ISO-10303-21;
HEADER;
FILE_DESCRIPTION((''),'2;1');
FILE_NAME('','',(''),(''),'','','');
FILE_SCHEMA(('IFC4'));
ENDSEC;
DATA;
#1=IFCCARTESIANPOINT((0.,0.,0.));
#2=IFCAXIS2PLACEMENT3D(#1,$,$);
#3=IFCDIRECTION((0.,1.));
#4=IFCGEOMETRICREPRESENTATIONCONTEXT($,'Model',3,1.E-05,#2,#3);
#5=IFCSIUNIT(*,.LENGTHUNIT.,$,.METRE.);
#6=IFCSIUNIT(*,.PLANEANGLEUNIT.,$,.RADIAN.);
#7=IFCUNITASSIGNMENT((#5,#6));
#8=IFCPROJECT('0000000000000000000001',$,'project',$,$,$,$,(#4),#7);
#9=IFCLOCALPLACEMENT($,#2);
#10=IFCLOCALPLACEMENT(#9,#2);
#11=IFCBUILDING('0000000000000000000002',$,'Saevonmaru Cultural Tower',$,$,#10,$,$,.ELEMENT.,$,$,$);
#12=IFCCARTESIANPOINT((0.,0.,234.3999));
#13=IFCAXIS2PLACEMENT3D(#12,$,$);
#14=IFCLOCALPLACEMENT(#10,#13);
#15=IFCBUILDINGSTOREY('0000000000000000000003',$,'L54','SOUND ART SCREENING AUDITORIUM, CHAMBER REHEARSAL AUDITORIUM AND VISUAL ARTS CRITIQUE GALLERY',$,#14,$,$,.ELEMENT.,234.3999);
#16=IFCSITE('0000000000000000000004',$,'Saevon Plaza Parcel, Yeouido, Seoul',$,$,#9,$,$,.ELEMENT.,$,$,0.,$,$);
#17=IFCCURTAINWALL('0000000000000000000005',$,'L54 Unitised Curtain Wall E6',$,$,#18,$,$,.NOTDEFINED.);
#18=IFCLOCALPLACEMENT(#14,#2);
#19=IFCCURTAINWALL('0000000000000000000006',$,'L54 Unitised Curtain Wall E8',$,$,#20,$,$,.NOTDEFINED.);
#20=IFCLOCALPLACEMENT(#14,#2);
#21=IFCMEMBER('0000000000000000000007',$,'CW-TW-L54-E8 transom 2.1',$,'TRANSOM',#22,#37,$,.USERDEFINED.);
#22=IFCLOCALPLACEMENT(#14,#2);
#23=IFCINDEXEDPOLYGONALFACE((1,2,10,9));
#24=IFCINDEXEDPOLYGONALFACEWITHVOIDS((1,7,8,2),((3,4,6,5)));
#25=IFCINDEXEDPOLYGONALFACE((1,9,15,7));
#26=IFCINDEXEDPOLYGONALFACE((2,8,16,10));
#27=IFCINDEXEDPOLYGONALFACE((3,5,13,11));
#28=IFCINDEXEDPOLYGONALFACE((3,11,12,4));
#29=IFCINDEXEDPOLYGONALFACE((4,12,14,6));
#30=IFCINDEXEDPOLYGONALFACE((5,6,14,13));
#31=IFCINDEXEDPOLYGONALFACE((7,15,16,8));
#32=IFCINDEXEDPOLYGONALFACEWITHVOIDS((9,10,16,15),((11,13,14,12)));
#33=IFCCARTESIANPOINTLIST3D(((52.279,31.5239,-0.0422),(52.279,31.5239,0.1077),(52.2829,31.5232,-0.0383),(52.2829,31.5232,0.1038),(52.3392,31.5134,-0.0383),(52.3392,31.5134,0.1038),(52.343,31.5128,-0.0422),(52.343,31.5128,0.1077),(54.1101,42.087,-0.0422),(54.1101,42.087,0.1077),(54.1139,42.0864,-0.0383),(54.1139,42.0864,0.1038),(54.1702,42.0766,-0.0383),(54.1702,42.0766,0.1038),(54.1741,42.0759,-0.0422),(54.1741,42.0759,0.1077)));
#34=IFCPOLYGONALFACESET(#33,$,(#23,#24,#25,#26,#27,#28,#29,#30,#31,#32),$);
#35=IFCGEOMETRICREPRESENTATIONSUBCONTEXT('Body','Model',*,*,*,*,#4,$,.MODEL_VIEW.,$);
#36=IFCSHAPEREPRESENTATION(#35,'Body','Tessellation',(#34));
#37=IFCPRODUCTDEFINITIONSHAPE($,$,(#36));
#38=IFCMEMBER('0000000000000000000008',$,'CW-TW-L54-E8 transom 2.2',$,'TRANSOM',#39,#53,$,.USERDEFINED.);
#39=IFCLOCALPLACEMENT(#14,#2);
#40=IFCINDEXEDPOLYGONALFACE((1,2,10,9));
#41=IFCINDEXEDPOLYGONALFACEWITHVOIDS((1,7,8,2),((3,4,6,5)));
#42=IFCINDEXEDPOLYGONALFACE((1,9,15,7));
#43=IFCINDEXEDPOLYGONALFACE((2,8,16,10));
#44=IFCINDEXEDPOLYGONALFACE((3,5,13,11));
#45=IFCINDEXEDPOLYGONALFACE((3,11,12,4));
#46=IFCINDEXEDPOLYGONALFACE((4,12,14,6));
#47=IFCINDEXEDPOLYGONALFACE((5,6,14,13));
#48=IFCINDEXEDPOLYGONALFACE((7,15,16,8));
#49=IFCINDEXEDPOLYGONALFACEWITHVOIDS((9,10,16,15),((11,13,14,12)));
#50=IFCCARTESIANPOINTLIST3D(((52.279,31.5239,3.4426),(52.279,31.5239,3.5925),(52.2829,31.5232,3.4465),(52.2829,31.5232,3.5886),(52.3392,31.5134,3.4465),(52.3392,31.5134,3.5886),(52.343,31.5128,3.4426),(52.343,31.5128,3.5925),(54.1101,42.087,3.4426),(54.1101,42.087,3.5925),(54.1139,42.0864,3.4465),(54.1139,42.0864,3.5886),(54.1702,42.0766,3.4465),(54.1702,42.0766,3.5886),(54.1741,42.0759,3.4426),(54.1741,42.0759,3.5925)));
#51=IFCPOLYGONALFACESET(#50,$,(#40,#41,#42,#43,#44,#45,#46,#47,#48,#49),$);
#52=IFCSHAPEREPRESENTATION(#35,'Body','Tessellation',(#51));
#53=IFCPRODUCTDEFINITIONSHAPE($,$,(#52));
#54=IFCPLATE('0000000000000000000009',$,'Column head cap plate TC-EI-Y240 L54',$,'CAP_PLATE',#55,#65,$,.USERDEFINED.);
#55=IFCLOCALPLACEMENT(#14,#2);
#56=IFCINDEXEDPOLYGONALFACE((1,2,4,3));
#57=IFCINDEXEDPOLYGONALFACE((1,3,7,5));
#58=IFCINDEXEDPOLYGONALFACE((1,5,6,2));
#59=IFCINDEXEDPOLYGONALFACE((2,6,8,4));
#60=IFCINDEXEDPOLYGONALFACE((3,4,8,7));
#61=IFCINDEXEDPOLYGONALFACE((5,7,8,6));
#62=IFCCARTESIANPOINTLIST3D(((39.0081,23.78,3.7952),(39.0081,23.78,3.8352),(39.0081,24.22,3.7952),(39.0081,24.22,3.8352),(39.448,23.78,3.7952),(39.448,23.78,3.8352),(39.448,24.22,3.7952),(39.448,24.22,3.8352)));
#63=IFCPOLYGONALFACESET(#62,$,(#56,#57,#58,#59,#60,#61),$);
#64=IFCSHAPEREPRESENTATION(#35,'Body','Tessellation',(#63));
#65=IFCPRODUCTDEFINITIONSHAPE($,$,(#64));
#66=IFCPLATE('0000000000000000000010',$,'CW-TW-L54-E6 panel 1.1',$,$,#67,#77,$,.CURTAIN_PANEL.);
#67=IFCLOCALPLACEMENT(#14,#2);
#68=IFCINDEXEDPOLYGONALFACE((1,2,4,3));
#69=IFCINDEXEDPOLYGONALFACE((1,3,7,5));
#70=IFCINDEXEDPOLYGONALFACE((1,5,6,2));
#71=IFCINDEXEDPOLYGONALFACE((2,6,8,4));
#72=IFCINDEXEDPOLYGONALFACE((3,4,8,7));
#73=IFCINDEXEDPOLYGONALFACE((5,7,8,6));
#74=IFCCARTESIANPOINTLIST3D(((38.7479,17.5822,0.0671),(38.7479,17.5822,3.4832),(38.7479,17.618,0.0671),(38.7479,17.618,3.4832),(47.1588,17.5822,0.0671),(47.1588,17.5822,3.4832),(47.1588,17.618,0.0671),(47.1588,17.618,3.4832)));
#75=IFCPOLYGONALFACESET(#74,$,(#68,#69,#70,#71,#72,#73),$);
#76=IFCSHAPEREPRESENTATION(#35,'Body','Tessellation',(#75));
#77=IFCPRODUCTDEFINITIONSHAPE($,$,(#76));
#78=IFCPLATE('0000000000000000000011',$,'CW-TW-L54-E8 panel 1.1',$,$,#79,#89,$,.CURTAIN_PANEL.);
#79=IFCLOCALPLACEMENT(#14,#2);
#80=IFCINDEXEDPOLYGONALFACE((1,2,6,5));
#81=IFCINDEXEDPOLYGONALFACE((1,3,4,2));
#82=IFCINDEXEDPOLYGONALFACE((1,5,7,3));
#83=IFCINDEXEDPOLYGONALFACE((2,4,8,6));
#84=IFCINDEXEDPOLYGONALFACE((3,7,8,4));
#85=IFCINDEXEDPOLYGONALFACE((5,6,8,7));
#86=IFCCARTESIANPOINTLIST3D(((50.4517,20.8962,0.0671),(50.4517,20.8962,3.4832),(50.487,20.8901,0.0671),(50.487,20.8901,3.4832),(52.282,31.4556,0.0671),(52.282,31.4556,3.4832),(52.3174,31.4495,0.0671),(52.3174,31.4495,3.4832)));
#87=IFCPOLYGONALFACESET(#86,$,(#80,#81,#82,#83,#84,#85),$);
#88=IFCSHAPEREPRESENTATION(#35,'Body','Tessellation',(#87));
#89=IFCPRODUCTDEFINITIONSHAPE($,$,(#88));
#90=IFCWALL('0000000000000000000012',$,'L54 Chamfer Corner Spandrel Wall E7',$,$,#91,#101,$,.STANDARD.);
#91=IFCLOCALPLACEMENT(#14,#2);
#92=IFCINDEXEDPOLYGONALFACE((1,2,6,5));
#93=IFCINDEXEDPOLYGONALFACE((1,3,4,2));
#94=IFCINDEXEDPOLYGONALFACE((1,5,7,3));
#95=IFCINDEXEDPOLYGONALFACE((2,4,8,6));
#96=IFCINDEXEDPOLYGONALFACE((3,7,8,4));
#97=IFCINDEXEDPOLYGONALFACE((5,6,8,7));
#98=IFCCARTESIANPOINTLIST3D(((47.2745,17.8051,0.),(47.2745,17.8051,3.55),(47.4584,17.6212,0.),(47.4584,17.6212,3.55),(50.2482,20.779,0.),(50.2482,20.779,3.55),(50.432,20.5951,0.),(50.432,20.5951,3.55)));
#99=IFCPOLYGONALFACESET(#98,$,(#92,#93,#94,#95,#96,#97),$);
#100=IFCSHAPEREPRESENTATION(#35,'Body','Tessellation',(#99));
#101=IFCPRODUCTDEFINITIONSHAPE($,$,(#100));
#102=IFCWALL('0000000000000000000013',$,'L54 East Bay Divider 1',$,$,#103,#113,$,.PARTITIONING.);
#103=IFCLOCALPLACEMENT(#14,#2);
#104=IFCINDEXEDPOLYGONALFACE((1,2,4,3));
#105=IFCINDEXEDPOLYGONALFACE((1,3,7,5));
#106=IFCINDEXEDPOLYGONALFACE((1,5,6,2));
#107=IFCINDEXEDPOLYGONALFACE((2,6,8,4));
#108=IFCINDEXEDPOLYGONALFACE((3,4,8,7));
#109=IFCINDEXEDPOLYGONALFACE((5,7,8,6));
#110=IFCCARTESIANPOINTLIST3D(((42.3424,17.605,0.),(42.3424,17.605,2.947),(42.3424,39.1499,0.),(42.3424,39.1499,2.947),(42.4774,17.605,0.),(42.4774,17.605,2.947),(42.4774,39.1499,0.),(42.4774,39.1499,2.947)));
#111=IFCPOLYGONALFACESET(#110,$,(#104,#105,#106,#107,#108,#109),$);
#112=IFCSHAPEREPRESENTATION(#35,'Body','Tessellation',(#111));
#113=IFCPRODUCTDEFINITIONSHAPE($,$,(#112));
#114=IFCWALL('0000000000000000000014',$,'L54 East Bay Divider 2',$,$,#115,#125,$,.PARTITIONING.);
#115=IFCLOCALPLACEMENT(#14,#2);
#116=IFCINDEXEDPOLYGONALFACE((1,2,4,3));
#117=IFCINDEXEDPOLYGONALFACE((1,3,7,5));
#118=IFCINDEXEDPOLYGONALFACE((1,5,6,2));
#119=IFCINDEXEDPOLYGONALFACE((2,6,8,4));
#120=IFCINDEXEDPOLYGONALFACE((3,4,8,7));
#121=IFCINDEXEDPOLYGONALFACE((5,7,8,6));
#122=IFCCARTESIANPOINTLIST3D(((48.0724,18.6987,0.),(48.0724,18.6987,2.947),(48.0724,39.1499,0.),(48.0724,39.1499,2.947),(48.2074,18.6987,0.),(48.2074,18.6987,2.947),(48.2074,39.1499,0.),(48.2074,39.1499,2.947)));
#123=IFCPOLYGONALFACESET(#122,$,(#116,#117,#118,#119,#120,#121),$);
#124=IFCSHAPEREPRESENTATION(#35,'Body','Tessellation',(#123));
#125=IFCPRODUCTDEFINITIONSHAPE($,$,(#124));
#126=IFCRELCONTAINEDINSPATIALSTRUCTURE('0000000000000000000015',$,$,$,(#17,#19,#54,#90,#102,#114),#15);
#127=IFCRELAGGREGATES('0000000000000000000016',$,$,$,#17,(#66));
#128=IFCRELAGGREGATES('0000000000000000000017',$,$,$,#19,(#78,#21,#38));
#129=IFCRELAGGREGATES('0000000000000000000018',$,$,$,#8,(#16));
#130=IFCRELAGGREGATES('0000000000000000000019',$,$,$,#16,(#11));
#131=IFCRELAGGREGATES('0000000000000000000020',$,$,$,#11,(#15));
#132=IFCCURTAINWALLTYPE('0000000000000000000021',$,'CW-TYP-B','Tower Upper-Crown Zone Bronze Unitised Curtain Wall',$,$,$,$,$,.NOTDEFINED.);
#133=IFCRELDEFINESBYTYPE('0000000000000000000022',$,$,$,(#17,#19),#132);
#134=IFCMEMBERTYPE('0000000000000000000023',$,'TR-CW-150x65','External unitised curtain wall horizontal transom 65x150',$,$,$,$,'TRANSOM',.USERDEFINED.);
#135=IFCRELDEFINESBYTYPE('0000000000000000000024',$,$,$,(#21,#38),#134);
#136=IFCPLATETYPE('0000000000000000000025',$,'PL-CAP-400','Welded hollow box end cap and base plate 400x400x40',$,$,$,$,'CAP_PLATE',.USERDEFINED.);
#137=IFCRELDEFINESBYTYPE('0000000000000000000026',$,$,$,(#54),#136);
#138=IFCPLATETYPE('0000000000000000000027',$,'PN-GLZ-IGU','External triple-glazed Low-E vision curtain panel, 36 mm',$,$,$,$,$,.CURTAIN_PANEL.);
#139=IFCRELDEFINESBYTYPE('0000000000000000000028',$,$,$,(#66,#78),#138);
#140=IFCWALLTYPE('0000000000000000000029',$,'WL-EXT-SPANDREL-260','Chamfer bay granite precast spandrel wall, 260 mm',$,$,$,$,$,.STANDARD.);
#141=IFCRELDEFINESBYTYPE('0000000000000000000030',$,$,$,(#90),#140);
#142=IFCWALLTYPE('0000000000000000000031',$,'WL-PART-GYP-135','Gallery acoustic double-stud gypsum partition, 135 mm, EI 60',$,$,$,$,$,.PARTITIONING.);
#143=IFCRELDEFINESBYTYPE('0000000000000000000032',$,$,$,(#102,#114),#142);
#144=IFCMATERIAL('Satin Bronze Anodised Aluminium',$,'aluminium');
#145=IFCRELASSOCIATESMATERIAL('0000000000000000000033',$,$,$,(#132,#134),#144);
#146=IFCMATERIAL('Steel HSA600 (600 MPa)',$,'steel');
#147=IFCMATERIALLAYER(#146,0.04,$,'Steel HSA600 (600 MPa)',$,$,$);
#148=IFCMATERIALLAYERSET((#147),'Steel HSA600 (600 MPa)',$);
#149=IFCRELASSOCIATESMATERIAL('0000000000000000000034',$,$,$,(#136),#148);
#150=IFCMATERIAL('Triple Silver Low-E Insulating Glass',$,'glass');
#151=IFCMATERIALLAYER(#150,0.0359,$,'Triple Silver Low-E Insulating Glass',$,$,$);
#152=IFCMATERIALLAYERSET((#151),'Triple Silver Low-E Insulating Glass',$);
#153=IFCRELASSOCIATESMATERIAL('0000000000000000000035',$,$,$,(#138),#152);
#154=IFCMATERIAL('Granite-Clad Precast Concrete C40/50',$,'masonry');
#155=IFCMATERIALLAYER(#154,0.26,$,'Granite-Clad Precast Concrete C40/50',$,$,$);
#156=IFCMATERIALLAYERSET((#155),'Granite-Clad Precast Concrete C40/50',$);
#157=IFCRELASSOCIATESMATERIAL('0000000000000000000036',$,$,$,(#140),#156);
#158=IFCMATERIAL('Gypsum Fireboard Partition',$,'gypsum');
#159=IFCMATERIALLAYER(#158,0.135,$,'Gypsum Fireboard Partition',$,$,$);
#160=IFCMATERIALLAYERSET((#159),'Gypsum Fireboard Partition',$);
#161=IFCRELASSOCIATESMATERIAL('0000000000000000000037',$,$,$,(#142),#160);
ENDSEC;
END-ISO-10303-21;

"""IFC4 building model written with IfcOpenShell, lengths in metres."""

from ifc_helpers import new_model, si_unit, direction, frame, frame_2d, origin, origin_2d, place, context, subcontext, project, spatial, rectangle, hollow_rectangle, extrude, material, layer, layer_set, material_profile, profile_set, type_object, element, aggregate, save


model = new_model("IFC4")

# Units and contexts
model_context = context("Model", 3, precision=1e-05, world=origin(), true_north=direction((0.0, 1.0)))
body_context = subcontext(model_context, "Body", "Model", "MODEL_VIEW")
ifc_project = project(units=[si_unit("LENGTHUNIT", "METRE"), si_unit("PLANEANGLEUNIT", "RADIAN")], contexts=[model_context])

# Site, building, storey
site_placement = place(None, origin())
site = spatial("IfcSite", under=ifc_project, at=site_placement, Name="Saevon Plaza Parcel, Yeouido, Seoul", CompositionType="ELEMENT", RefElevation=0.0)
building_placement = place(site_placement, origin())
building = spatial("IfcBuilding", under=site, at=building_placement, Name="Saevonmaru Cultural Tower", CompositionType="ELEMENT")
storey_placement = place(building_placement, frame((0.0, 0.0, 234.3999)))
storey = spatial("IfcBuildingStorey", under=building, at=storey_placement, Name="L54", Description="SOUND ART SCREENING AUDITORIUM, CHAMBER REHEARSAL AUDITORIUM AND VISUAL ARTS CRITIQUE GALLERY", CompositionType="ELEMENT", Elevation=234.3999)

# Curtain wall
ifc_material_1 = material(Name="Satin Bronze Anodised Aluminium", Category="aluminium")
curtain_wall_type = type_object("IfcCurtainWallType", Name="CW-TYP-B", Description="Tower Upper-Crown Zone Bronze Unitised Curtain Wall", PredefinedType="NOTDEFINED", material=ifc_material_1)
curtain_wall_1_placement = place(storey_placement, origin())
curtain_wall_1 = element("IfcCurtainWall", 1, at=curtain_wall_1_placement, inside=storey, type_object=curtain_wall_type, Name="L54 Unitised Curtain Wall E6", PredefinedType="NOTDEFINED")

# Curtain wall, members
curtain_wall_2_placement = place(storey_placement, origin())
curtain_wall_2 = element("IfcCurtainWall", 2, at=curtain_wall_2_placement, inside=storey, type_object=curtain_wall_type, Name="L54 Unitised Curtain Wall E8", PredefinedType="NOTDEFINED")
ifc_material_profile_1 = material_profile(ifc_material_1, hollow_rectangle(XDim=0.0649, YDim=0.1499, WallThickness=0.0039, at=origin_2d()), Name="ALU-TRAN-150x65x4")
ifc_profile_set_1 = profile_set([ifc_material_profile_1], Name="Satin Bronze Anodised Aluminium")
member_type_1 = type_object("IfcMemberType", Name="TR-CW-150x65", Description="External unitised curtain wall horizontal transom 65x150", ElementType="TRANSOM", PredefinedType="USERDEFINED", material=ifc_profile_set_1)
member_1_placement = place(storey_placement, frame((52.311, 31.5183, 0.0327), z_axis=(0.170795, 0.985307, 0.0), x_axis=(-0.985307, 0.170795, 0.0)))
member_1 = element("IfcMember", 3, at=member_1_placement, type_object=member_type_1, Name="CW-TW-L54-E8 transom 2.1", ObjectType="TRANSOM", PredefinedType="USERDEFINED", context=body_context, shape_type="SweptSolid", body=[
    extrude(hollow_rectangle(XDim=0.0649, YDim=0.1499, WallThickness=0.0039, at=origin_2d()), origin(), (0.0, 0.0, 1.0), 10.7207),
])
member_2_placement = place(storey_placement, frame((52.311, 31.5183, 3.5176), z_axis=(0.170795, 0.985307, 0.0), x_axis=(-0.985307, 0.170795, 0.0)))
member_2 = element("IfcMember", 4, at=member_2_placement, type_object=member_type_1, Name="CW-TW-L54-E8 transom 2.2", ObjectType="TRANSOM", PredefinedType="USERDEFINED", context=body_context, shape_type="SweptSolid", body=[
    extrude(hollow_rectangle(XDim=0.0649, YDim=0.1499, WallThickness=0.0039, at=origin_2d()), origin(), (0.0, 0.0, 1.0), 10.7207),
])

# Plates
ifc_material_2 = material(Name="Steel HSA600 (600 MPa)", Category="steel")
ifc_layer_1 = layer(ifc_material_2, 0.04, Name="Steel HSA600 (600 MPa)")
ifc_layer_set_1 = layer_set([ifc_layer_1], Name="Steel HSA600 (600 MPa)")
plate_type_1 = type_object("IfcPlateType", Name="PL-CAP-400", Description="Welded hollow box end cap and base plate 400x400x40", ElementType="CAP_PLATE", PredefinedType="USERDEFINED", material=ifc_layer_set_1)
plate_1_placement = place(storey_placement, frame((39.228, 24.0, 3.7952), z_axis=(0.0, 0.0, 1.0), x_axis=(1.0, 0.0, 0.0)))
element("IfcPlate", 5, at=plate_1_placement, inside=storey, type_object=plate_type_1, Name="Column head cap plate TC-EI-Y240 L54", ObjectType="CAP_PLATE", PredefinedType="USERDEFINED", context=body_context, shape_type="SweptSolid", body=[
    extrude(rectangle(XDim=0.4399, YDim=0.4399, at=origin_2d()), origin(), (0.0, 0.0, 1.0), 0.04),
])
ifc_material_3 = material(Name="Triple Silver Low-E Insulating Glass", Category="glass")
ifc_layer_2 = layer(ifc_material_3, 0.0359, Name="Triple Silver Low-E Insulating Glass")
ifc_layer_set_2 = layer_set([ifc_layer_2], Name="Triple Silver Low-E Insulating Glass")
plate_type_2 = type_object("IfcPlateType", Name="PN-GLZ-IGU", Description="External triple-glazed Low-E vision curtain panel, 36 mm", PredefinedType="CURTAIN_PANEL", material=ifc_layer_set_2)
plate_2_placement = place(storey_placement, frame((42.9534, 17.6001, 0.0671), z_axis=(0.0, 0.0, 1.0), x_axis=(1.0, 0.0, 0.0)))
plate_2 = element("IfcPlate", 6, at=plate_2_placement, type_object=plate_type_2, Name="CW-TW-L54-E6 panel 1.1", PredefinedType="CURTAIN_PANEL", context=body_context, shape_type="SweptSolid", body=[
    extrude(rectangle(XDim=8.4109, YDim=0.0359, at=origin_2d()), origin(), (0.0, 0.0, 1.0), 3.416),
])
aggregate(curtain_wall_1, [plate_2])
plate_3_placement = place(storey_placement, frame((51.3845, 26.1729, 0.0671), z_axis=(0.0, 0.0, 1.0), x_axis=(0.17079, 0.985307, 0.0)))
plate_3 = element("IfcPlate", 7, at=plate_3_placement, type_object=plate_type_2, Name="CW-TW-L54-E8 panel 1.1", PredefinedType="CURTAIN_PANEL", context=body_context, shape_type="SweptSolid", body=[
    extrude(rectangle(XDim=10.7168, YDim=0.0359, at=origin_2d()), origin(), (0.0, 0.0, 1.0), 3.416),
])
aggregate(curtain_wall_2, [plate_3, member_1, member_2])

# Walls
ifc_material_4 = material(Name="Granite-Clad Precast Concrete C40/50", Category="masonry")
ifc_layer_3 = layer(ifc_material_4, 0.26, Name="Granite-Clad Precast Concrete C40/50")
ifc_layer_set_3 = layer_set([ifc_layer_3], Name="Granite-Clad Precast Concrete C40/50")
wall_type_1 = type_object("IfcWallType", Name="WL-EXT-SPANDREL-260", Description="Chamfer bay granite precast spandrel wall, 260 mm", PredefinedType="STANDARD", material=ifc_layer_set_3)
wall_1_placement = place(storey_placement, frame((47.3665, 17.7131, 0.0), z_axis=(0.0, 0.0, 1.0), x_axis=(0.707078, 0.707136, 0.0)))
element("IfcWall", 8, at=wall_1_placement, inside=storey, type_object=wall_type_1, Name="L54 Chamfer Corner Spandrel Wall E7", PredefinedType="STANDARD", context=body_context, shape_type="SweptSolid", body=[
    extrude(rectangle(XDim=4.2056, YDim=0.26, at=frame_2d((2.1028, 0.0))), origin(), (0.0, 0.0, 1.0), 3.55),
])
ifc_material_5 = material(Name="Gypsum Fireboard Partition", Category="gypsum")
ifc_layer_4 = layer(ifc_material_5, 0.135, Name="Gypsum Fireboard Partition")
ifc_layer_set_4 = layer_set([ifc_layer_4], Name="Gypsum Fireboard Partition")
wall_type_2 = type_object("IfcWallType", Name="WL-PART-GYP-135", Description="Gallery acoustic double-stud gypsum partition, 135 mm, EI 60", PredefinedType="PARTITIONING", material=ifc_layer_set_4)
wall_2_placement = place(storey_placement, frame((42.4099, 17.605, 0.0), z_axis=(0.0, 0.0, 1.0), x_axis=(0.0, 1.0, 0.0)))
element("IfcWall", 9, at=wall_2_placement, inside=storey, type_object=wall_type_2, Name="L54 East Bay Divider 1", PredefinedType="PARTITIONING", context=body_context, shape_type="SweptSolid", body=[
    extrude(rectangle(XDim=21.5449, YDim=0.135, at=frame_2d((10.7725, 0.0))), origin(), (0.0, 0.0, 1.0), 2.947),
])
wall_3_placement = place(storey_placement, frame((48.1399, 18.6987, 0.0), z_axis=(0.0, 0.0, 1.0), x_axis=(0.0, 1.0, 0.0)))
element("IfcWall", 10, at=wall_3_placement, inside=storey, type_object=wall_type_2, Name="L54 East Bay Divider 2", PredefinedType="PARTITIONING", context=body_context, shape_type="SweptSolid", body=[
    extrude(rectangle(XDim=20.4512, YDim=0.135, at=frame_2d((10.2256, 0.0))), origin(), (0.0, 0.0, 1.0), 2.947),
])

save(model, "model.ifc")
